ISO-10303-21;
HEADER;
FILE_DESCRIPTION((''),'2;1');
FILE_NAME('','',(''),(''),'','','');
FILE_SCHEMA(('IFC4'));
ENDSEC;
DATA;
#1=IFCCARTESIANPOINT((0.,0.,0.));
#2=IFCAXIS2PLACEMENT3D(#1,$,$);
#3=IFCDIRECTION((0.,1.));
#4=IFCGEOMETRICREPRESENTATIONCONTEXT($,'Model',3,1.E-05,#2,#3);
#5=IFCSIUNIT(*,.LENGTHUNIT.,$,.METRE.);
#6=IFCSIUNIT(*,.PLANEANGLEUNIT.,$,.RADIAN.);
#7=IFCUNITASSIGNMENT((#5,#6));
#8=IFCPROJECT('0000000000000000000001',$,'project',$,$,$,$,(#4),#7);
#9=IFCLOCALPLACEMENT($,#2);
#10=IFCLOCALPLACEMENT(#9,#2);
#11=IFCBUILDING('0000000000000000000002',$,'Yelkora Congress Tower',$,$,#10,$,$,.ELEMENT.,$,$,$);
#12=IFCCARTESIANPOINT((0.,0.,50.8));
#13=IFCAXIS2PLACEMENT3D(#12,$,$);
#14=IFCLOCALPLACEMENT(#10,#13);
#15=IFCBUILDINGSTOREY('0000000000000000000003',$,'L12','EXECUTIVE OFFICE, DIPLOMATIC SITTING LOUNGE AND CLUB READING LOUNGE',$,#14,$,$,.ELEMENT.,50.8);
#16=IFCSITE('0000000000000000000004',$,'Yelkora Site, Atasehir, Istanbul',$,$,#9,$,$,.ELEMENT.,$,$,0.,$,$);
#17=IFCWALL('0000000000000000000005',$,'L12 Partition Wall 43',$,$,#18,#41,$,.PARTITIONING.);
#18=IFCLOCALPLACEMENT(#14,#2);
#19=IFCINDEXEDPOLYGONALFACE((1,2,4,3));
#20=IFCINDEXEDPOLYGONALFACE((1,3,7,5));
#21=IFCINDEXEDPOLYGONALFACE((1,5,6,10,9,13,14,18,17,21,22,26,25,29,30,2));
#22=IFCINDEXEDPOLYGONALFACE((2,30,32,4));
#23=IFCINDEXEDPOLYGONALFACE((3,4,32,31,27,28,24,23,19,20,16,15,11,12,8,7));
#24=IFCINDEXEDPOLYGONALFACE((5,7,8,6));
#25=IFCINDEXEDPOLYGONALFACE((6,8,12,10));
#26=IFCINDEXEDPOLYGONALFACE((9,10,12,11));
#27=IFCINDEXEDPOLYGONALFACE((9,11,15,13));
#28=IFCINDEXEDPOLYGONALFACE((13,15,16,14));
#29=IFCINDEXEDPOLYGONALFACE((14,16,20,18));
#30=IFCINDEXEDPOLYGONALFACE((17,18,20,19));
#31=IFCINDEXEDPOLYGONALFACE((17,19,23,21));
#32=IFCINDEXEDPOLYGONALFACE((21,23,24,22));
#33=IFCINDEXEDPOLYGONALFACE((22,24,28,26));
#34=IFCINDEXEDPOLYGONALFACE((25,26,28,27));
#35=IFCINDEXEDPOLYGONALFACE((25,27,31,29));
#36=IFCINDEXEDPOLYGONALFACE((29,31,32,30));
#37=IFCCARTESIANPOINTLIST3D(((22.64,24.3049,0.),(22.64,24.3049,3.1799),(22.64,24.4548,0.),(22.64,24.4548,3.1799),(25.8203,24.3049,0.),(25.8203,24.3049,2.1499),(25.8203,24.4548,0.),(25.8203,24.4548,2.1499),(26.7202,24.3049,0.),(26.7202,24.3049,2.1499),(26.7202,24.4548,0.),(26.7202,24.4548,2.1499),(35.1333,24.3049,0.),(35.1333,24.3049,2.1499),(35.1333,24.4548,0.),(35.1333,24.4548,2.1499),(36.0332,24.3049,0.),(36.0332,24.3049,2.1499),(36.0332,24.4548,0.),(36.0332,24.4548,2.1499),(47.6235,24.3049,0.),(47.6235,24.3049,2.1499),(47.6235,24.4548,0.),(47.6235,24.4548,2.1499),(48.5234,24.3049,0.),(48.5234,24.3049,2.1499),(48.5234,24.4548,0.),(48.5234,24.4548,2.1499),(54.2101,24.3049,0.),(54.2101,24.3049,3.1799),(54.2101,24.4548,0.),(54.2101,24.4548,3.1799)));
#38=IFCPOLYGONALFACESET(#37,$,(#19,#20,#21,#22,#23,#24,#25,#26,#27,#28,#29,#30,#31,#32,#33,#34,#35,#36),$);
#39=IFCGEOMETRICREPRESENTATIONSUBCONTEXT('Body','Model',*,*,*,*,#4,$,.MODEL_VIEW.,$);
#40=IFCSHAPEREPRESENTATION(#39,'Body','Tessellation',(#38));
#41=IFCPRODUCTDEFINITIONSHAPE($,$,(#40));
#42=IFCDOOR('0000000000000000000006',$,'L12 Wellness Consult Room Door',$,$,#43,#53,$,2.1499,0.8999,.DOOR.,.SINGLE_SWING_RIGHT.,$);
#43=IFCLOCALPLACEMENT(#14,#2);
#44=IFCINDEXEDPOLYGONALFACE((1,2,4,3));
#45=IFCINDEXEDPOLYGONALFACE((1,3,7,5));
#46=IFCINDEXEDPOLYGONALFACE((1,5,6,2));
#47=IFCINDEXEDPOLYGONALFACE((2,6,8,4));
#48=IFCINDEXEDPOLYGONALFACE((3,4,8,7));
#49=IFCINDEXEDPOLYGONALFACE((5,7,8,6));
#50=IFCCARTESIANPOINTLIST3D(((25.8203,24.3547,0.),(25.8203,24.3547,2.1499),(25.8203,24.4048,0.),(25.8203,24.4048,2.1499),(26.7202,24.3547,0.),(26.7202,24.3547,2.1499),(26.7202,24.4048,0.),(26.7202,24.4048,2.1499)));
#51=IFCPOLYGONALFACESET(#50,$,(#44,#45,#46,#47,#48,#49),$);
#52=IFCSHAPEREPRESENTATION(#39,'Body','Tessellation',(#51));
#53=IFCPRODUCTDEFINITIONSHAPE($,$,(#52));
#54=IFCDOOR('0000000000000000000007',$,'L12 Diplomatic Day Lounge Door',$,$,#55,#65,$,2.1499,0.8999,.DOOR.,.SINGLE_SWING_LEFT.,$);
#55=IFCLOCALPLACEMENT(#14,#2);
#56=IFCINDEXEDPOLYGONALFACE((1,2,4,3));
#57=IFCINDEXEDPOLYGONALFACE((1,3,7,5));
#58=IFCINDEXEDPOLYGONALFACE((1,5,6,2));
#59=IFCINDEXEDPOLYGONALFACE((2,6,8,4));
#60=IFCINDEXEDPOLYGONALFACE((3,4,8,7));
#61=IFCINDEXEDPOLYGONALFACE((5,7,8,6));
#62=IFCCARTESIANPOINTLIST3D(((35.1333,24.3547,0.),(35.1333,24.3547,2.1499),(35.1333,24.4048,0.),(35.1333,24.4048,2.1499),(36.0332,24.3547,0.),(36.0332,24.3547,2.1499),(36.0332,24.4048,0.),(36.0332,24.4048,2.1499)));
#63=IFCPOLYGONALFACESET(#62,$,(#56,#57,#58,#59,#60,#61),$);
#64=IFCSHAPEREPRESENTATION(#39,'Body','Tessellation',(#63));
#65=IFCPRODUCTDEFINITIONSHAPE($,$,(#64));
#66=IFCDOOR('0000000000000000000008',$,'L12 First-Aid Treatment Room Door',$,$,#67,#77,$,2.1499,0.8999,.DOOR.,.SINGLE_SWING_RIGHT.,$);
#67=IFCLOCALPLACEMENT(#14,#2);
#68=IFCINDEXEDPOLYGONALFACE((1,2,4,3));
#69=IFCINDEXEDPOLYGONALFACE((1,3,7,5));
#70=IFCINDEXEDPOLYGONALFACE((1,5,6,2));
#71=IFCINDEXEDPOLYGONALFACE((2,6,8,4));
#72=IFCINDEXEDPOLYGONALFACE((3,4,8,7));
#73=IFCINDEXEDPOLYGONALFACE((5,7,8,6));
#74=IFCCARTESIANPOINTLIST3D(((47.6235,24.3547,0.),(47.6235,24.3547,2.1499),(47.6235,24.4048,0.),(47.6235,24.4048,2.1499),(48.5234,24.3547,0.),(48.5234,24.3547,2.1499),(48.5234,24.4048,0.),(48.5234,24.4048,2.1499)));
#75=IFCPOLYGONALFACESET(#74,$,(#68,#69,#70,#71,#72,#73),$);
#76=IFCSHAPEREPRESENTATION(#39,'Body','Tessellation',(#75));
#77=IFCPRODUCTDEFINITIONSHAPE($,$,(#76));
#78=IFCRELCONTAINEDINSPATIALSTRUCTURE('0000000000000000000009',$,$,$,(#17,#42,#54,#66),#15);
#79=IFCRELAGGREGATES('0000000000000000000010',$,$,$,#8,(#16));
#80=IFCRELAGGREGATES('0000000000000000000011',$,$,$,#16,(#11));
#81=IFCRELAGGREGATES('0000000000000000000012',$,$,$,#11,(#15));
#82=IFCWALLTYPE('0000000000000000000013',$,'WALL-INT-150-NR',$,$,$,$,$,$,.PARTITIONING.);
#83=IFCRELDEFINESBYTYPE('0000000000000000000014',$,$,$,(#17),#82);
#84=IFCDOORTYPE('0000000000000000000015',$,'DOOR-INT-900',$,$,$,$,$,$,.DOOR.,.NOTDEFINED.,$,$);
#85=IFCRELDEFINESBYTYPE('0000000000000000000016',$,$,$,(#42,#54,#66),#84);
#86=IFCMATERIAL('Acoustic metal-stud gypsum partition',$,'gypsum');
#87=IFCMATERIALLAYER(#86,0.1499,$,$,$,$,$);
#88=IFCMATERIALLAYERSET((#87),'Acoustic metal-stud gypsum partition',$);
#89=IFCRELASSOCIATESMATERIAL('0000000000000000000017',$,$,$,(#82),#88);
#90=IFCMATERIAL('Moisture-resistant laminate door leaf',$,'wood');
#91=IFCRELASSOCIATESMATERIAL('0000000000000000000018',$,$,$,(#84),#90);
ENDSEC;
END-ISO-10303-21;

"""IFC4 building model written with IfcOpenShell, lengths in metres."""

from ifc_helpers import new_model, si_unit, direction, frame, frame_2d, origin, place, context, subcontext, project, spatial, rectangle, extrude, material, layer, layer_set, type_object, element, fill, save


model = new_model("IFC4")

# Units and contexts
model_context = context("Model", 3, precision=1e-05, world=origin(), true_north=direction((0.0, 1.0)))
body_context = subcontext(model_context, "Body", "Model", "MODEL_VIEW")
ifc_project = project(units=[si_unit("LENGTHUNIT", "METRE"), si_unit("PLANEANGLEUNIT", "RADIAN")], contexts=[model_context])

# Site, building, storey
site_placement = place(None, origin())
site = spatial("IfcSite", under=ifc_project, at=site_placement, Name="Yelkora Site, Atasehir, Istanbul", CompositionType="ELEMENT", RefElevation=0.0)
building_placement = place(site_placement, origin())
building = spatial("IfcBuilding", under=site, at=building_placement, Name="Yelkora Congress Tower", CompositionType="ELEMENT")
storey_placement = place(building_placement, frame((0.0, 0.0, 50.8)))
storey = spatial("IfcBuildingStorey", under=building, at=storey_placement, Name="L12", Description="EXECUTIVE OFFICE, DIPLOMATIC SITTING LOUNGE AND CLUB READING LOUNGE", CompositionType="ELEMENT", Elevation=50.8)

# Shared definitions
ifc_material_1 = material(Name="Acoustic metal-stud gypsum partition", Category="gypsum")
ifc_layer_1 = layer(ifc_material_1, 0.1499)
ifc_layer_set_1 = layer_set([ifc_layer_1], Name="Acoustic metal-stud gypsum partition")
wall_type_1 = type_object("IfcWallType", Name="WALL-INT-150-NR", PredefinedType="PARTITIONING", material=ifc_layer_set_1)
ifc_material_2 = material(Name="Moisture-resistant laminate door leaf", Category="wood")
door_type = type_object("IfcDoorType", Name="DOOR-INT-900", OperationType="NOTDEFINED", PredefinedType="DOOR", material=ifc_material_2)

# Wall, openings, doors
wall_1_placement = place(storey_placement, frame((22.6399, 24.3799, 0.0), z_axis=(0.0, 0.0, 1.0), x_axis=(1.0, 0.0, 0.0)))
wall_1 = element("IfcWall", 1, at=wall_1_placement, inside=storey, type_object=wall_type_1, Name="L12 Partition Wall 43", PredefinedType="PARTITIONING", context=body_context, shape_type="SweptSolid", body=[
    extrude(rectangle(XDim=31.5701, YDim=0.1499, at=frame_2d((15.7852, 0.0))), origin(), (0.0, 0.0, 1.0), 3.1799),
])
opening_1_placement = place(wall_1_placement, frame((3.1804, 0.0, 0.0)))
opening_1 = element("IfcOpeningElement", 2, at=opening_1_placement, cuts=wall_1, PredefinedType="OPENING", context=body_context, shape_type="SweptSolid", body=[
    extrude(rectangle(XDim=0.8999, YDim=2.1499, at=frame_2d((0.45, 1.075))), frame((0.0, 0.085, 0.0), z_axis=(0.0, -1.0, 0.0), x_axis=(1.0, 0.0, 0.0)), (0.0, 0.0, 1.0), 0.1699),
])
opening_2_placement = place(wall_1_placement, frame((12.4934, 0.0, 0.0)))
opening_2 = element("IfcOpeningElement", 3, at=opening_2_placement, cuts=wall_1, PredefinedType="OPENING", context=body_context, shape_type="SweptSolid", body=[
    extrude(rectangle(XDim=0.8999, YDim=2.1499, at=frame_2d((0.45, 1.075))), frame((0.0, 0.085, 0.0), z_axis=(0.0, -1.0, 0.0), x_axis=(1.0, 0.0, 0.0)), (0.0, 0.0, 1.0), 0.1699),
])
opening_3_placement = place(wall_1_placement, frame((24.9836, 0.0, 0.0)))
opening_3 = element("IfcOpeningElement", 4, at=opening_3_placement, cuts=wall_1, PredefinedType="OPENING", context=body_context, shape_type="SweptSolid", body=[
    extrude(rectangle(XDim=0.8999, YDim=2.1499, at=frame_2d((0.45, 1.075))), frame((0.0, 0.085, 0.0), z_axis=(0.0, -1.0, 0.0), x_axis=(1.0, 0.0, 0.0)), (0.0, 0.0, 1.0), 0.1699),
])
door_1_placement = place(opening_1_placement, origin())
door_1 = element("IfcDoor", 5, at=door_1_placement, inside=storey, type_object=door_type, Name="L12 Wellness Consult Room Door", OperationType="SINGLE_SWING_RIGHT", OverallHeight=2.1499, OverallWidth=0.8999, PredefinedType="DOOR", context=body_context, shape_type="SweptSolid", body=[
    extrude(rectangle(XDim=0.8999, YDim=2.1499, at=frame_2d((0.45, 1.075))), frame((0.0, 0.0249, 0.0), z_axis=(0.0, -1.0, 0.0), x_axis=(1.0, 0.0, 0.0)), (0.0, 0.0, 1.0), 0.05),
])
fill(opening_1, door_1)
door_2_placement = place(opening_2_placement, origin())
door_2 = element("IfcDoor", 6, at=door_2_placement, inside=storey, type_object=door_type, Name="L12 Diplomatic Day Lounge Door", OperationType="SINGLE_SWING_LEFT", OverallHeight=2.1499, OverallWidth=0.8999, PredefinedType="DOOR", context=body_context, shape_type="SweptSolid", body=[
    extrude(rectangle(XDim=0.8999, YDim=2.1499, at=frame_2d((0.45, 1.075))), frame((0.0, 0.0249, 0.0), z_axis=(0.0, -1.0, 0.0), x_axis=(1.0, 0.0, 0.0)), (0.0, 0.0, 1.0), 0.05),
])
fill(opening_2, door_2)
door_3_placement = place(opening_3_placement, origin())
door_3 = element("IfcDoor", 7, at=door_3_placement, inside=storey, type_object=door_type, Name="L12 First-Aid Treatment Room Door", OperationType="SINGLE_SWING_RIGHT", OverallHeight=2.1499, OverallWidth=0.8999, PredefinedType="DOOR", context=body_context, shape_type="SweptSolid", body=[
    extrude(rectangle(XDim=0.8999, YDim=2.1499, at=frame_2d((0.45, 1.075))), frame((0.0, 0.0249, 0.0), z_axis=(0.0, -1.0, 0.0), x_axis=(1.0, 0.0, 0.0)), (0.0, 0.0, 1.0), 0.05),
])
fill(opening_3, door_3)

save(model, "model.ifc")
